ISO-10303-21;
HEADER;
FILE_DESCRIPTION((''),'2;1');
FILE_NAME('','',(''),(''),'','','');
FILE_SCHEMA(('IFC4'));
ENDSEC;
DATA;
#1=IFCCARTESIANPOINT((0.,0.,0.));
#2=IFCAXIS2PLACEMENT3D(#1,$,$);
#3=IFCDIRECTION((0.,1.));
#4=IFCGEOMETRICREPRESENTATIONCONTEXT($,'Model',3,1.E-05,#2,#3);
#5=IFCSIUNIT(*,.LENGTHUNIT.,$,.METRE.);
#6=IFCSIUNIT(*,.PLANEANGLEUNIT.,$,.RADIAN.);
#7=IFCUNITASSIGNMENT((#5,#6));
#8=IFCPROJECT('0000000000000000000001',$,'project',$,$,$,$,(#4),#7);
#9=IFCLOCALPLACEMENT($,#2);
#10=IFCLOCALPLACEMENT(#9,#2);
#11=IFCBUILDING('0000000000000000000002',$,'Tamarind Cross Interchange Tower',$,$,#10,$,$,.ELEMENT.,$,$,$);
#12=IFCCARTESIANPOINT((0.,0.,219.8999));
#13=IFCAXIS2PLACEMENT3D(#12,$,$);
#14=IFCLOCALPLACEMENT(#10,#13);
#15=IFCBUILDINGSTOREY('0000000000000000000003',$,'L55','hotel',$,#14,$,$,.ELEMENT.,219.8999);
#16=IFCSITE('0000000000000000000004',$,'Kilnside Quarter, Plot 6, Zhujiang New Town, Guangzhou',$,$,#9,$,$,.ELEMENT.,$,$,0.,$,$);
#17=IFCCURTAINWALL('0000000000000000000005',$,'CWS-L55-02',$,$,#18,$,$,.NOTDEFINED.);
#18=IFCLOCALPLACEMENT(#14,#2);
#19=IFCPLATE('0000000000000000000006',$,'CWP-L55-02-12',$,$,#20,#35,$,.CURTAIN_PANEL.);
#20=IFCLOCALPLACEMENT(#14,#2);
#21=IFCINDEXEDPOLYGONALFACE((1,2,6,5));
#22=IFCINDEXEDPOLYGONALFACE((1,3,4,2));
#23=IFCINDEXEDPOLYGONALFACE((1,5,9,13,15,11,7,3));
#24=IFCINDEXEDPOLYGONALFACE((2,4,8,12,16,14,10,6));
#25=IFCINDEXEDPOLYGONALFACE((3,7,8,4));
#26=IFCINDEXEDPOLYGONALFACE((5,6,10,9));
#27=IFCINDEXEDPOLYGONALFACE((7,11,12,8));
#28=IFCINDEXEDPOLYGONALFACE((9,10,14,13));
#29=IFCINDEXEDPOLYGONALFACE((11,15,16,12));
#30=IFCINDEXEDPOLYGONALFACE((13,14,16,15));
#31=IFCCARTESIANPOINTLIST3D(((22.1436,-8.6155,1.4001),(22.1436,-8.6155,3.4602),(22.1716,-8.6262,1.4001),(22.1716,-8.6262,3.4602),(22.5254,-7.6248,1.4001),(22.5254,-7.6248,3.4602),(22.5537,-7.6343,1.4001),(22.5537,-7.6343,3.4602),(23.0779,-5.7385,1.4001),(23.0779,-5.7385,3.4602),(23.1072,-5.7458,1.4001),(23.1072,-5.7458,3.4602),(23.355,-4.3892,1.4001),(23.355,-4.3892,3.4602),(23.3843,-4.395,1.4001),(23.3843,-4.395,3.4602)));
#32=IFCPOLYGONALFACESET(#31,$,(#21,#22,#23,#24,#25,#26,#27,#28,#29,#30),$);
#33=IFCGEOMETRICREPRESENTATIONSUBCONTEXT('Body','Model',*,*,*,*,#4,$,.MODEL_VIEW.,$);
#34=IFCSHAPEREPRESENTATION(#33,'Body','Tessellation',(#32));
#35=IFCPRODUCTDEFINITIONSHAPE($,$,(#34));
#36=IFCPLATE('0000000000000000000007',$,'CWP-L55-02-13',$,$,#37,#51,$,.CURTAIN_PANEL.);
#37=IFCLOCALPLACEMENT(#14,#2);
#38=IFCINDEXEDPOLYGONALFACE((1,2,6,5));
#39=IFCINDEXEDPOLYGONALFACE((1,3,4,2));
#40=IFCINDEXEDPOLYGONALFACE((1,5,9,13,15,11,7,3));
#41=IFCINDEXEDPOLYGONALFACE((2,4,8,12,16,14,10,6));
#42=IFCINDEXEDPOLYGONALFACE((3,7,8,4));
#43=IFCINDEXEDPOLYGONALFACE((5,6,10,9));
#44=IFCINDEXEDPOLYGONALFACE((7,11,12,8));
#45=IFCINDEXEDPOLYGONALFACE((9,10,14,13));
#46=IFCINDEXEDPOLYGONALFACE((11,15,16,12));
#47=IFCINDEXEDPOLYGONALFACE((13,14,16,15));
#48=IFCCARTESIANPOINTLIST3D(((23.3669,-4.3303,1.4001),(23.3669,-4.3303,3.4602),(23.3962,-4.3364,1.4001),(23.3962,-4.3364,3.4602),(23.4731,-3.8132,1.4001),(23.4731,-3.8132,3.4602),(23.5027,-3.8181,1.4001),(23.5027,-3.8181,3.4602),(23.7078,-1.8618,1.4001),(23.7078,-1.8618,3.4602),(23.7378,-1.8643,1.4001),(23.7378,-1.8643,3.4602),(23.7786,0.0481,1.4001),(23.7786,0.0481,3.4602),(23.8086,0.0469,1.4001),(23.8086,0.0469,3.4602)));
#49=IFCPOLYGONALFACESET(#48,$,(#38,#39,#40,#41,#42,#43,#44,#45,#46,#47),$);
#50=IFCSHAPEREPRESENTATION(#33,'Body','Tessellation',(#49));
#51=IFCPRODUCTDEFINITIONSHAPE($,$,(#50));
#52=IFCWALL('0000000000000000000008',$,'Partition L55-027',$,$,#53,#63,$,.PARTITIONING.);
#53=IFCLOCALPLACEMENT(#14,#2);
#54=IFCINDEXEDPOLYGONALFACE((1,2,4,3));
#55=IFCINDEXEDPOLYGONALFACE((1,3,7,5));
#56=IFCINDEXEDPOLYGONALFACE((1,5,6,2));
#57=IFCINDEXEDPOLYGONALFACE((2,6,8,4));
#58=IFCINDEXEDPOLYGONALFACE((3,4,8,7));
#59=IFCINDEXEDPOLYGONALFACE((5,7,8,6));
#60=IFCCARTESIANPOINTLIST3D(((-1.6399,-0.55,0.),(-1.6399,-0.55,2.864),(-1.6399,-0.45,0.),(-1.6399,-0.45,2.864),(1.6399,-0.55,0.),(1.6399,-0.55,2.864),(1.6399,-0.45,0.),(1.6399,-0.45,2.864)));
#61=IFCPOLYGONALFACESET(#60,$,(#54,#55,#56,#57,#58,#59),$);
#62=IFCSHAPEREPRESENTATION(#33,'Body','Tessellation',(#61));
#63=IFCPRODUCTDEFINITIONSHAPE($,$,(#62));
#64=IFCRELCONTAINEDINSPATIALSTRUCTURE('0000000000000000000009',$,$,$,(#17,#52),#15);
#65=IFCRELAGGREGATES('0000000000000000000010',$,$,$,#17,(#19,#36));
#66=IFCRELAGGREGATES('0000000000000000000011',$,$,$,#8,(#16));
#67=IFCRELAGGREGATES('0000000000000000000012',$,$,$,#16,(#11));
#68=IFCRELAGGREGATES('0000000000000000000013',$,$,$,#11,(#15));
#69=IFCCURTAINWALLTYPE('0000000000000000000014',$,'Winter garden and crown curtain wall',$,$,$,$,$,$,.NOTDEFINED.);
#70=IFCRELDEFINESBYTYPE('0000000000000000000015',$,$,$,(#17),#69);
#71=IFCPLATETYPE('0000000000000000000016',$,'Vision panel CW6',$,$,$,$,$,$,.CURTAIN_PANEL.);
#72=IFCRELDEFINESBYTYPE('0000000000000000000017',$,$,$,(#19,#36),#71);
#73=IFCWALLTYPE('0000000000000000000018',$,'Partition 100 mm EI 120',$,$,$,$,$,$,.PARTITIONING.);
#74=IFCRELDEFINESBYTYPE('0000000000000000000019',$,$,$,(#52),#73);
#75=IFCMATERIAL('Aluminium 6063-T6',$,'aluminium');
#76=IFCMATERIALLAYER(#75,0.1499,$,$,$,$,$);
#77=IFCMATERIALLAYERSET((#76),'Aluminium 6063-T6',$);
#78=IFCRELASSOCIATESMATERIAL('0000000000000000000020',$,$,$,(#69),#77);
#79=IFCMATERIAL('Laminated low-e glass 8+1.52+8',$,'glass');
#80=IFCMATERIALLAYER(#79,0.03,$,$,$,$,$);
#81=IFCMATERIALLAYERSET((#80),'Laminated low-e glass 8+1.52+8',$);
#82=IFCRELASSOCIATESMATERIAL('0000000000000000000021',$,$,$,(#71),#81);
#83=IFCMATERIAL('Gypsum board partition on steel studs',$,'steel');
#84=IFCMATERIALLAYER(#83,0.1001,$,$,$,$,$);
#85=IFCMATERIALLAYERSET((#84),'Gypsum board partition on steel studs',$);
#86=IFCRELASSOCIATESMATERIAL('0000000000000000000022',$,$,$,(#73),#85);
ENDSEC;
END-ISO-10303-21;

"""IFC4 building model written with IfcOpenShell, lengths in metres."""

from ifc_helpers import new_model, si_unit, direction, frame, frame_2d, origin, place, context, subcontext, project, spatial, polyline, rectangle, outline, extrude, material, layer, layer_set, type_object, element, aggregate, save


model = new_model("IFC4")

# Units and contexts
model_context = context("Model", 3, precision=1e-05, world=origin(), true_north=direction((0.0, 1.0)))
body_context = subcontext(model_context, "Body", "Model", "MODEL_VIEW")
ifc_project = project(units=[si_unit("LENGTHUNIT", "METRE"), si_unit("PLANEANGLEUNIT", "RADIAN")], contexts=[model_context])

# Site, building, storey
site_placement = place(None, origin())
site = spatial("IfcSite", under=ifc_project, at=site_placement, Name="Kilnside Quarter, Plot 6, Zhujiang New Town, Guangzhou", CompositionType="ELEMENT", RefElevation=0.0)
building_placement = place(site_placement, origin())
building = spatial("IfcBuilding", under=site, at=building_placement, Name="Tamarind Cross Interchange Tower", CompositionType="ELEMENT")
storey_placement = place(building_placement, frame((0.0, 0.0, 219.8999)))
storey = spatial("IfcBuildingStorey", under=building, at=storey_placement, Name="L55", Description="hotel", CompositionType="ELEMENT", Elevation=219.8999)

# Shared definitions
ifc_material_1 = material(Name="Aluminium 6063-T6", Category="aluminium")

# Curtain wall, plates
ifc_layer_1 = layer(ifc_material_1, 0.1499)
ifc_layer_set_1 = layer_set([ifc_layer_1], Name="Aluminium 6063-T6")
curtain_wall_type_1 = type_object("IfcCurtainWallType", Name="Winter garden and crown curtain wall", PredefinedType="NOTDEFINED", material=ifc_layer_set_1)
curtain_wall_1_placement = place(storey_placement, origin())
curtain_wall_1 = element("IfcCurtainWall", 1, at=curtain_wall_1_placement, inside=storey, type_object=curtain_wall_type_1, Name="CWS-L55-02", PredefinedType="NOTDEFINED")
ifc_material_2 = material(Name="Laminated low-e glass 8+1.52+8", Category="glass")
ifc_layer_2 = layer(ifc_material_2, 0.03)
ifc_layer_set_2 = layer_set([ifc_layer_2], Name="Laminated low-e glass 8+1.52+8")
plate_type_1 = type_object("IfcPlateType", Name="Vision panel CW6", PredefinedType="CURTAIN_PANEL", material=ifc_layer_set_2)
plate_1_placement = place(storey_placement, frame((0.0, 0.0, 1.4001)))
plate_1 = element("IfcPlate", 2, at=plate_1_placement, type_object=plate_type_1, Name="CWP-L55-02-12", PredefinedType="CURTAIN_PANEL", context=body_context, shape_type="SweptSolid", body=[
    extrude(outline(polyline([(22.1436, -8.6155), (22.5254, -7.6248), (23.0779, -5.7385), (23.355, -4.3892), (23.3843, -4.395), (23.1072, -5.7458), (22.5537, -7.6343), (22.1716, -8.6262), (22.1436, -8.6155)])), origin(), (0.0, 0.0, 1.0), 2.0601),
])
plate_2_placement = place(storey_placement, frame((0.0, 0.0, 1.4001)))
plate_2 = element("IfcPlate", 3, at=plate_2_placement, type_object=plate_type_1, Name="CWP-L55-02-13", PredefinedType="CURTAIN_PANEL", context=body_context, shape_type="SweptSolid", body=[
    extrude(outline(polyline([(23.3669, -4.3303), (23.4731, -3.8132), (23.7078, -1.8618), (23.7786, 0.0481), (23.8086, 0.0469), (23.7378, -1.8643), (23.5027, -3.8181), (23.3962, -4.3364), (23.3669, -4.3303)])), origin(), (0.0, 0.0, 1.0), 2.0601),
])
aggregate(curtain_wall_1, [plate_1, plate_2])

# Wall
ifc_material_3 = material(Name="Gypsum board partition on steel studs", Category="steel")
ifc_layer_3 = layer(ifc_material_3, 0.1001)
ifc_layer_set_3 = layer_set([ifc_layer_3], Name="Gypsum board partition on steel studs")
wall_type = type_object("IfcWallType", Name="Partition 100 mm EI 120", PredefinedType="PARTITIONING", material=ifc_layer_set_3)
wall_placement = place(storey_placement, frame((-1.6399, -0.5, 0.0), z_axis=(0.0, 0.0, 1.0), x_axis=(1.0, 0.0, 0.0)))
element("IfcWall", 4, at=wall_placement, inside=storey, type_object=wall_type, Name="Partition L55-027", PredefinedType="PARTITIONING", context=body_context, shape_type="SweptSolid", body=[
    extrude(rectangle(XDim=3.2798, YDim=0.1001, at=frame_2d((1.6399, 0.0))), origin(), (0.0, 0.0, 1.0), 2.864),
])

save(model, "model.ifc")
